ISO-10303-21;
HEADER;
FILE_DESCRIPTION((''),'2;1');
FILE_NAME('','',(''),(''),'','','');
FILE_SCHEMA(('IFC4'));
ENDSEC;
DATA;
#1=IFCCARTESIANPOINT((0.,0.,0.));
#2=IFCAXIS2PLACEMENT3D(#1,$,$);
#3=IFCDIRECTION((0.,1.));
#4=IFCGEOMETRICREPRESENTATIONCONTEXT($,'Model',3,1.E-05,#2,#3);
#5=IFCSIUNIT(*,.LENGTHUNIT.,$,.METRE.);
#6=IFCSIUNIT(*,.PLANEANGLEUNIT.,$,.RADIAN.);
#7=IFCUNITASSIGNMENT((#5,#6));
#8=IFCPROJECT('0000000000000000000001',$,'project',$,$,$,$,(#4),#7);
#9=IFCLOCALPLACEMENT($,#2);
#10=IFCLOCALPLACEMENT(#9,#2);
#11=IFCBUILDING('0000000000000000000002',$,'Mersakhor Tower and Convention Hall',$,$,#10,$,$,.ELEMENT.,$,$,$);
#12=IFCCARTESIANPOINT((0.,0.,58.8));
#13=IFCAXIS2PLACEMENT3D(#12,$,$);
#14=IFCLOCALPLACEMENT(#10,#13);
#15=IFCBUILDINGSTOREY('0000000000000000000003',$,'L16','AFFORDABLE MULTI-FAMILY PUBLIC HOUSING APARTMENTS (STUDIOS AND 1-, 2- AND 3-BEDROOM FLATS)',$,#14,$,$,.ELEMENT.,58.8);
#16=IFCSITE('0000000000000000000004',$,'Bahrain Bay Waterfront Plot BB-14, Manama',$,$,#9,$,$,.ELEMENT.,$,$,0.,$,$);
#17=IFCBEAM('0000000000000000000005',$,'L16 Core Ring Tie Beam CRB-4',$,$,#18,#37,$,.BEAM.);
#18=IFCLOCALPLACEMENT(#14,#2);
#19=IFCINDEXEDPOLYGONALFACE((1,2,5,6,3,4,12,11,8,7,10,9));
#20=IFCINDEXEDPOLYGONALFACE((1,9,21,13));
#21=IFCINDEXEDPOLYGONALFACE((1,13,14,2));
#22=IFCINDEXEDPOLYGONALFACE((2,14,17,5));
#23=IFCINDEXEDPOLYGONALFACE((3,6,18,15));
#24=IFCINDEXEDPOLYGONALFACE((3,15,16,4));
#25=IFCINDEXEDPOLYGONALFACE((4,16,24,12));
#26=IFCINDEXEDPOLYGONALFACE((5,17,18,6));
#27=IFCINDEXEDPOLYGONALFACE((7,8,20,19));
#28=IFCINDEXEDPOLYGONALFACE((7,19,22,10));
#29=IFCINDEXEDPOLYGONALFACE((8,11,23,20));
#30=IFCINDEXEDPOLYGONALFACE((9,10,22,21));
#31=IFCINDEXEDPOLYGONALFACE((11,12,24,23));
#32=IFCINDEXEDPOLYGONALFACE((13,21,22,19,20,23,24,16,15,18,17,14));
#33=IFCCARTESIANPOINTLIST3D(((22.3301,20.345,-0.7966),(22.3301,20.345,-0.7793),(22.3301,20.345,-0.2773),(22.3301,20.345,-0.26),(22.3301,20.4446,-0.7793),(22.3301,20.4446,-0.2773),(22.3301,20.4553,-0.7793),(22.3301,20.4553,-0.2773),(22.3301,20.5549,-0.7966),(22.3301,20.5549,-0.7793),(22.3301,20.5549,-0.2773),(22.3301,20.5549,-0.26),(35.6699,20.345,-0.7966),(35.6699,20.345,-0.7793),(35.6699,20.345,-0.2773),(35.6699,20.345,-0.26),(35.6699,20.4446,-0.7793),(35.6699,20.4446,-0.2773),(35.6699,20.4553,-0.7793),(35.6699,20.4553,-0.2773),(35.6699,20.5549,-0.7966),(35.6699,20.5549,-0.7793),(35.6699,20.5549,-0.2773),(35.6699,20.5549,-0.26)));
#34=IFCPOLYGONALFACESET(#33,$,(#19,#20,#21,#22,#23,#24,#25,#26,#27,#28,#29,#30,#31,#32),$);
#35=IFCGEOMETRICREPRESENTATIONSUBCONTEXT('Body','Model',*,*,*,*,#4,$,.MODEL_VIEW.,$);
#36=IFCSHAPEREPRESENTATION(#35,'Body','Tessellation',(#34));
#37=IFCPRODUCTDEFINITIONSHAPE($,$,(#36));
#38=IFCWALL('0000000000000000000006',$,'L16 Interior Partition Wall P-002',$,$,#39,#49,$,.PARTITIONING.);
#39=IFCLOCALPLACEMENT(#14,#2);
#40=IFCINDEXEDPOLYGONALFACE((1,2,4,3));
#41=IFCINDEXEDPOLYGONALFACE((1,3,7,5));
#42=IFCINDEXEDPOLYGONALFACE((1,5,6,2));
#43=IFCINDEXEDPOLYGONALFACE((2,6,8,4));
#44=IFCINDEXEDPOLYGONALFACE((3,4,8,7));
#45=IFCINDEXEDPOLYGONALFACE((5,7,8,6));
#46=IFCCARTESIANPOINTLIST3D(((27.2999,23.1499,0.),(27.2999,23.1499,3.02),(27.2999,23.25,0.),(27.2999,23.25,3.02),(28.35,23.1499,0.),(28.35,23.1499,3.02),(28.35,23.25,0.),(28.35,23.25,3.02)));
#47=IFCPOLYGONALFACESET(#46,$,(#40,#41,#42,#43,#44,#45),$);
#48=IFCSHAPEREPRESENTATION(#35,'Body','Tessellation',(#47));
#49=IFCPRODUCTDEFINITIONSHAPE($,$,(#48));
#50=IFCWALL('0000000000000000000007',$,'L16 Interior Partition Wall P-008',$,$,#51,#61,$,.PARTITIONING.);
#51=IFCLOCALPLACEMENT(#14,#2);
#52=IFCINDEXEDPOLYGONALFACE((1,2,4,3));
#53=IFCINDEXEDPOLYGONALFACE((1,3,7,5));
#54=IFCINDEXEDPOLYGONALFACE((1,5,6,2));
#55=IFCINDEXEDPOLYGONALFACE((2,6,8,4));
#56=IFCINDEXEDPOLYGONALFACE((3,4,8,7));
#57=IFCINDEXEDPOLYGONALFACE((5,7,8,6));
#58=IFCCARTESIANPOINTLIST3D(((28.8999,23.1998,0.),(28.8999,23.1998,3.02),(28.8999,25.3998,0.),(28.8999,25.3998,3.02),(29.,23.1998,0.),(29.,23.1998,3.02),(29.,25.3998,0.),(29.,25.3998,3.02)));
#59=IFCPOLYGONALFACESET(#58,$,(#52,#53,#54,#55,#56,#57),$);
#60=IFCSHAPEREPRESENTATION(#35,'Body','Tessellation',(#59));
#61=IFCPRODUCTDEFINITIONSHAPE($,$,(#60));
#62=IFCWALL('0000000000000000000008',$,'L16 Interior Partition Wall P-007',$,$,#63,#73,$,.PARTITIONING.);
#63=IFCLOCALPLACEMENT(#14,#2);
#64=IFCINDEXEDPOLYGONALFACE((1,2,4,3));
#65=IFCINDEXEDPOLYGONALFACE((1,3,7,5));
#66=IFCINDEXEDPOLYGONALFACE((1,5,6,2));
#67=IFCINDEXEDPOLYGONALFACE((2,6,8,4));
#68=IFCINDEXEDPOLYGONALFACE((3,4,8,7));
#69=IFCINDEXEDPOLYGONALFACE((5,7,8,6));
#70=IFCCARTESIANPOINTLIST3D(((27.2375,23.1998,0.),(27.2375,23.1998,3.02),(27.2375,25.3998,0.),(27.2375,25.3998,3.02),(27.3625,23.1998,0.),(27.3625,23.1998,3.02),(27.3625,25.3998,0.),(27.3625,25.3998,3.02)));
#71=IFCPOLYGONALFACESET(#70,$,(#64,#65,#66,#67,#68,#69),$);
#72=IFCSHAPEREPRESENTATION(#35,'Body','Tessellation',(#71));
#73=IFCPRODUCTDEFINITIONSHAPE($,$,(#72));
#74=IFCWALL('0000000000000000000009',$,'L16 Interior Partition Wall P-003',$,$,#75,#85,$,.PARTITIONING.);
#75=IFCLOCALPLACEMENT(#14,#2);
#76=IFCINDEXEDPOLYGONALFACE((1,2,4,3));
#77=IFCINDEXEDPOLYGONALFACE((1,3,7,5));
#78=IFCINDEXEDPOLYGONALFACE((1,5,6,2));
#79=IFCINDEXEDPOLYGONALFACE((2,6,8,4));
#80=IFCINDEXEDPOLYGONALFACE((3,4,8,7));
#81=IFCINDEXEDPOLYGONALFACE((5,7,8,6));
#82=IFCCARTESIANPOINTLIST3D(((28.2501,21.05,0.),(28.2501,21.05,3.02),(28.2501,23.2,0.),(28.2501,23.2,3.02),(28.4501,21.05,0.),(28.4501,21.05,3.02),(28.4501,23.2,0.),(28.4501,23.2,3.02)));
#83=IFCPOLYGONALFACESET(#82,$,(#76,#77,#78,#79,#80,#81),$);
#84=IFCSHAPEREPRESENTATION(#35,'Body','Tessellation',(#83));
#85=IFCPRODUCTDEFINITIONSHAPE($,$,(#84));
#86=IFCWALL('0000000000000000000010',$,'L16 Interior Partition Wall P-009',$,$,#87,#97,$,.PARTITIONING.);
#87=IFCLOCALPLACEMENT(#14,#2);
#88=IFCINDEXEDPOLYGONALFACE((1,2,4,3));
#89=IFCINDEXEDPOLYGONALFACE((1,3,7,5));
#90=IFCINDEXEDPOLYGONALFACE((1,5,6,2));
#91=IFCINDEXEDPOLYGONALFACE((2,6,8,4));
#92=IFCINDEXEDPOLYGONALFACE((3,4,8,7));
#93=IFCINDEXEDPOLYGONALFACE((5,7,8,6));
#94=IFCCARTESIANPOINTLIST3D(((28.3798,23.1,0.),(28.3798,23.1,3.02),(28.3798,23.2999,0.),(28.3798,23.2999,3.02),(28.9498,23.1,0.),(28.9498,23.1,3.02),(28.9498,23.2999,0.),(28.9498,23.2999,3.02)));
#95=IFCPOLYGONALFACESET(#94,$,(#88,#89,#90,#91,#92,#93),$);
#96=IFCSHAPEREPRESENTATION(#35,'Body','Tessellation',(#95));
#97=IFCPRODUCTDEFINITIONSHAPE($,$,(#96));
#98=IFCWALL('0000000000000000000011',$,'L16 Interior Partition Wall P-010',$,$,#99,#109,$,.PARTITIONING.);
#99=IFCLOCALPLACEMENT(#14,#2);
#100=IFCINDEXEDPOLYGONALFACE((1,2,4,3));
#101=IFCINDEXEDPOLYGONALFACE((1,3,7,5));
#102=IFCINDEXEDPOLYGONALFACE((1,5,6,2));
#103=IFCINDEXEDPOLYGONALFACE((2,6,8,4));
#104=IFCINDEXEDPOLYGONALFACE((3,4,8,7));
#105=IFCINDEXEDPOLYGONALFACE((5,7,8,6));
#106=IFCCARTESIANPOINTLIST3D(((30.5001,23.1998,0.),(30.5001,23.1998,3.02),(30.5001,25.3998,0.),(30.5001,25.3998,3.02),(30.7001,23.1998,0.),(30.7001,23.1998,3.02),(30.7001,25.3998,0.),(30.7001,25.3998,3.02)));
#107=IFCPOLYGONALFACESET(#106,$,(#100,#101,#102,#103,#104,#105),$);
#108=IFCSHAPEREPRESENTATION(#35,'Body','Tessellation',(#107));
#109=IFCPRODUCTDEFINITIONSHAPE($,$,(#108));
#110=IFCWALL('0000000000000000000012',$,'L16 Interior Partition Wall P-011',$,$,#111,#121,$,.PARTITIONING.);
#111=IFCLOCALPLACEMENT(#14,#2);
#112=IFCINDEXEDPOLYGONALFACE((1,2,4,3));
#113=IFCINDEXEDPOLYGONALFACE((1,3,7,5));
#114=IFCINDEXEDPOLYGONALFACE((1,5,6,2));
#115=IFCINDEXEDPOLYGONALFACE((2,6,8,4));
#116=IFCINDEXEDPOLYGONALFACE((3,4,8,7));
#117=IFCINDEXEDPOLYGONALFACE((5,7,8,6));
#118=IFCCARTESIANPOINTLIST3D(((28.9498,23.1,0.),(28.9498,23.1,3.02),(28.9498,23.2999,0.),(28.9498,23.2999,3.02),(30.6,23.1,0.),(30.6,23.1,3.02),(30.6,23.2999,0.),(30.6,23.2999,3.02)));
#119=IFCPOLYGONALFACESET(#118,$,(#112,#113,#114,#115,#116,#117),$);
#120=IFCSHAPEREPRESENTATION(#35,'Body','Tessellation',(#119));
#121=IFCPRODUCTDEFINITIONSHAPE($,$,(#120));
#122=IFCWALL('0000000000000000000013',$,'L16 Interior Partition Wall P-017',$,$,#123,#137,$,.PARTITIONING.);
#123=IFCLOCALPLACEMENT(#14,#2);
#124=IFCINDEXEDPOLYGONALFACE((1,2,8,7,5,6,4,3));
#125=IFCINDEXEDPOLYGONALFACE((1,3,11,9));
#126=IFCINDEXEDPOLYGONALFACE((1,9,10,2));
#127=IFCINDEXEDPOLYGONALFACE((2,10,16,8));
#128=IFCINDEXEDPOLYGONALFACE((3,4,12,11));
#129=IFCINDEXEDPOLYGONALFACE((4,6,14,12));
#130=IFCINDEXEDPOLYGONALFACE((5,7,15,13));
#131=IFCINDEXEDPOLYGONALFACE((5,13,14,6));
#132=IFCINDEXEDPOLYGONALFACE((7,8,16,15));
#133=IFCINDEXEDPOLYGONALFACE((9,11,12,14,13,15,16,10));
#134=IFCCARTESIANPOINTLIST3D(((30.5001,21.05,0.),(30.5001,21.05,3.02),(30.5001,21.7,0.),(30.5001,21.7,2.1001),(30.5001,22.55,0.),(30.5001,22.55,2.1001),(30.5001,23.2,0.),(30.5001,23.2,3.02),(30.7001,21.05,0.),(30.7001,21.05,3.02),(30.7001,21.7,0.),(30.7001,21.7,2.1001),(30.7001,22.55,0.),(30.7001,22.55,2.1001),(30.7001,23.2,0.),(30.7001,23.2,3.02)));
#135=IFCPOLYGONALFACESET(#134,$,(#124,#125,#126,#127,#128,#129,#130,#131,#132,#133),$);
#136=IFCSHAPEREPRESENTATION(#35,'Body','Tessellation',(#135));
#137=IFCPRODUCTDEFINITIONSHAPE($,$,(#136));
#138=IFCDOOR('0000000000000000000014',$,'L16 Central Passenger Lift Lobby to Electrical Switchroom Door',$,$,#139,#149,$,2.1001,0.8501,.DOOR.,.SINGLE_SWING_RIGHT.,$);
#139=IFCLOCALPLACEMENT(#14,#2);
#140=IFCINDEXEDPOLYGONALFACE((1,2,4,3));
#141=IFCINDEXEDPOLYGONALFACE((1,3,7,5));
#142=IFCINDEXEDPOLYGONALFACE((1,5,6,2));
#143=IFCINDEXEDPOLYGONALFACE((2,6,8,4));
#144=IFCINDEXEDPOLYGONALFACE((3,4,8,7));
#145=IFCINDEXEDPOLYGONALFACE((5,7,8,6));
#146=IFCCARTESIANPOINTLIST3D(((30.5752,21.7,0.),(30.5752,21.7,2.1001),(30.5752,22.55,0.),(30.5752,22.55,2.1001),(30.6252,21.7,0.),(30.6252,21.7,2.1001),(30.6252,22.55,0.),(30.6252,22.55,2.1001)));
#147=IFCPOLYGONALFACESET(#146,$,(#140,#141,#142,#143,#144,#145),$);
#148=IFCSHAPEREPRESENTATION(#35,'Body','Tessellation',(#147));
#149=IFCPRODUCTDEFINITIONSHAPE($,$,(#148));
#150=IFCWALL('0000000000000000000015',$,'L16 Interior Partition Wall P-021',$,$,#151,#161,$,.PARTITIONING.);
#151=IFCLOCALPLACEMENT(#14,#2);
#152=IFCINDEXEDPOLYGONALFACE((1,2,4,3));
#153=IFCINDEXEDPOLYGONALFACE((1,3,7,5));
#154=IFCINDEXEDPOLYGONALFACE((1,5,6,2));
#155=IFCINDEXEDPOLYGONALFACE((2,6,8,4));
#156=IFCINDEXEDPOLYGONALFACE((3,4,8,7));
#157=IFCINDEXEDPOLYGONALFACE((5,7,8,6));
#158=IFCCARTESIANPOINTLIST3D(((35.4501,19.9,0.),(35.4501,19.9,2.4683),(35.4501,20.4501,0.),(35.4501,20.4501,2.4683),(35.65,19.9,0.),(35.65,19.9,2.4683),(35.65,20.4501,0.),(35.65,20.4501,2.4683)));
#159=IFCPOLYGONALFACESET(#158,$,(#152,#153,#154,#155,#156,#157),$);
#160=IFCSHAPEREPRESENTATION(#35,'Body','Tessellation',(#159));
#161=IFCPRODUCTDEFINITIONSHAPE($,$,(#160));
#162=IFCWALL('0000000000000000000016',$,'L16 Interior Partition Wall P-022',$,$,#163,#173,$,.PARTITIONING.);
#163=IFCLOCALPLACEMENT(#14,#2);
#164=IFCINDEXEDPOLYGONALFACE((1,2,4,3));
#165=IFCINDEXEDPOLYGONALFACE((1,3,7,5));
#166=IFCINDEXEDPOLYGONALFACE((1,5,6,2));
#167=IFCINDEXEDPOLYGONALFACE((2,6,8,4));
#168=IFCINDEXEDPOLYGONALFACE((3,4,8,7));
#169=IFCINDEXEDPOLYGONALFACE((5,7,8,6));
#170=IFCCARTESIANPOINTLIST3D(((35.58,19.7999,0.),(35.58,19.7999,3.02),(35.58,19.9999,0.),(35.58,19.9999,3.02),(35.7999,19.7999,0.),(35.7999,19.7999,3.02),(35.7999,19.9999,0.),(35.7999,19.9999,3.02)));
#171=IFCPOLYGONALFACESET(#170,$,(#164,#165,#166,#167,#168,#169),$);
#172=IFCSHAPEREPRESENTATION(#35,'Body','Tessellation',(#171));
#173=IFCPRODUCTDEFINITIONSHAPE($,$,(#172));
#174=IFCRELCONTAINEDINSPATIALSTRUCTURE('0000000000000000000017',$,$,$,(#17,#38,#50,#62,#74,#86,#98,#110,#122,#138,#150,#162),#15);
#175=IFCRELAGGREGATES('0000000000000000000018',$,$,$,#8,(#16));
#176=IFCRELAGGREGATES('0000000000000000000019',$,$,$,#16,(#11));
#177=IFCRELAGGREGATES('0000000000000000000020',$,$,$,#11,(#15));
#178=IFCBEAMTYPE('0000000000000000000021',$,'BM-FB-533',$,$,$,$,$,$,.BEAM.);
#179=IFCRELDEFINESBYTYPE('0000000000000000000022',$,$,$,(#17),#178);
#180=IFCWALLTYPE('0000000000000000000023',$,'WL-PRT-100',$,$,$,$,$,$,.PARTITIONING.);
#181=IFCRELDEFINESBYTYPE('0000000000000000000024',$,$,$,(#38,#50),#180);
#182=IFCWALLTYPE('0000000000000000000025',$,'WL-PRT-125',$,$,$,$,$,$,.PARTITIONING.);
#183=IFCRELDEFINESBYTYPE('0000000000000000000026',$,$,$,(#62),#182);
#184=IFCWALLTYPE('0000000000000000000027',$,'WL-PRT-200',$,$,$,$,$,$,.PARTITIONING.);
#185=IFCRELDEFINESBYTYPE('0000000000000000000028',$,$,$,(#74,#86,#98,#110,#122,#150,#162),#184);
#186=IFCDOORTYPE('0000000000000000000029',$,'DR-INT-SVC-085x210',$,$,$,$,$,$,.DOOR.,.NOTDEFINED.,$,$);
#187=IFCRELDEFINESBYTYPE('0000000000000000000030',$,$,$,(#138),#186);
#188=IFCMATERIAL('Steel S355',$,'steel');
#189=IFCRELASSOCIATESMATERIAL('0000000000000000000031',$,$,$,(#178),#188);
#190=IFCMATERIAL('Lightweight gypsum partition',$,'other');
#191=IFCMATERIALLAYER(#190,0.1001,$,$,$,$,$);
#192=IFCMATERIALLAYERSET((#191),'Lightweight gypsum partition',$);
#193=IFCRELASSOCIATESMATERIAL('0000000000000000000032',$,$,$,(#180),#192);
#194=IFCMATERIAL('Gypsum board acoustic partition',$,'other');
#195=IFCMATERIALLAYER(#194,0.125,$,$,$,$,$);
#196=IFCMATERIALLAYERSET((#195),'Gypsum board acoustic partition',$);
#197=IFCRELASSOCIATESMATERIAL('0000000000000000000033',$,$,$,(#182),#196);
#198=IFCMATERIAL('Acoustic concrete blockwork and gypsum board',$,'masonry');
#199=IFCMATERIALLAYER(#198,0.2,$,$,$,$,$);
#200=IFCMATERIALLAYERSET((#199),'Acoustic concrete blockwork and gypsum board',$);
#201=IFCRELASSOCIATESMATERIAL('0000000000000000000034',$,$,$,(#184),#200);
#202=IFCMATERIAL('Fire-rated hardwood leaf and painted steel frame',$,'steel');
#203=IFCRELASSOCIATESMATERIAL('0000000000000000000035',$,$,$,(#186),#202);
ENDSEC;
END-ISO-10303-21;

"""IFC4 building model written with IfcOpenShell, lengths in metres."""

from ifc_helpers import new_model, si_unit, direction, frame, frame_2d, origin, origin_2d, place, context, subcontext, project, spatial, rectangle, i_section, extrude, material, layer, layer_set, material_profile, profile_set, type_object, element, fill, save


model = new_model("IFC4")

# Units and contexts
model_context = context("Model", 3, precision=1e-05, world=origin(), true_north=direction((0.0, 1.0)))
body_context = subcontext(model_context, "Body", "Model", "MODEL_VIEW")
ifc_project = project(units=[si_unit("LENGTHUNIT", "METRE"), si_unit("PLANEANGLEUNIT", "RADIAN")], contexts=[model_context])

# Site, building, storey
site_placement = place(None, origin())
site = spatial("IfcSite", under=ifc_project, at=site_placement, Name="Bahrain Bay Waterfront Plot BB-14, Manama", CompositionType="ELEMENT", RefElevation=0.0)
building_placement = place(site_placement, origin())
building = spatial("IfcBuilding", under=site, at=building_placement, Name="Mersakhor Tower and Convention Hall", CompositionType="ELEMENT")
storey_placement = place(building_placement, frame((0.0, 0.0, 58.8)))
storey = spatial("IfcBuildingStorey", under=building, at=storey_placement, Name="L16", Description="AFFORDABLE MULTI-FAMILY PUBLIC HOUSING APARTMENTS (STUDIOS AND 1-, 2- AND 3-BEDROOM FLATS)", CompositionType="ELEMENT", Elevation=58.8)

# Beam
ifc_material_1 = material(Name="Steel S355", Category="steel")
ifc_material_profile = material_profile(ifc_material_1, i_section(OverallWidth=0.21, OverallDepth=0.5366, WebThickness=0.0107, FlangeThickness=0.0173, at=origin_2d()), Name="UB 533x210x101")
ifc_profile_set = profile_set([ifc_material_profile], Name="Steel S355")
beam_type = type_object("IfcBeamType", Name="BM-FB-533", PredefinedType="BEAM", material=ifc_profile_set)
beam_placement = place(storey_placement, frame((35.6699, 20.45, -0.5283), z_axis=(-1.0, 0.0, 0.0), x_axis=(0.0, -1.0, 0.0)))
element("IfcBeam", 1, at=beam_placement, inside=storey, type_object=beam_type, Name="L16 Core Ring Tie Beam CRB-4", PredefinedType="BEAM", context=body_context, shape_type="SweptSolid", body=[
    extrude(i_section(OverallWidth=0.21, OverallDepth=0.5366, WebThickness=0.0107, FlangeThickness=0.0173, at=origin_2d()), origin(), (0.0, 0.0, 1.0), 13.3398),
])

# Walls
ifc_material_2 = material(Name="Lightweight gypsum partition", Category="other")
ifc_layer_1 = layer(ifc_material_2, 0.1001)
ifc_layer_set_1 = layer_set([ifc_layer_1], Name="Lightweight gypsum partition")
wall_type_1 = type_object("IfcWallType", Name="WL-PRT-100", PredefinedType="PARTITIONING", material=ifc_layer_set_1)
wall_1_placement = place(storey_placement, frame((27.3, 23.2, 0.0), z_axis=(0.0, 0.0, 1.0), x_axis=(1.0, 0.0, 0.0)))
element("IfcWall", 2, at=wall_1_placement, inside=storey, type_object=wall_type_1, Name="L16 Interior Partition Wall P-002", PredefinedType="PARTITIONING", context=body_context, shape_type="SweptSolid", body=[
    extrude(rectangle(XDim=1.05, YDim=0.1001, at=frame_2d((0.5249, 0.0))), origin(), (0.0, 0.0, 1.0), 3.02),
])
wall_2_placement = place(storey_placement, frame((28.95, 25.3999, 0.0), z_axis=(0.0, 0.0, 1.0), x_axis=(0.0, -1.0, 0.0)))
element("IfcWall", 3, at=wall_2_placement, inside=storey, type_object=wall_type_1, Name="L16 Interior Partition Wall P-008", PredefinedType="PARTITIONING", context=body_context, shape_type="SweptSolid", body=[
    extrude(rectangle(XDim=2.2, YDim=0.1001, at=frame_2d((1.1001, 0.0))), origin(), (0.0, 0.0, 1.0), 3.02),
])
ifc_material_3 = material(Name="Gypsum board acoustic partition", Category="other")
ifc_layer_2 = layer(ifc_material_3, 0.125)
ifc_layer_set_2 = layer_set([ifc_layer_2], Name="Gypsum board acoustic partition")
wall_type_2 = type_object("IfcWallType", Name="WL-PRT-125", PredefinedType="PARTITIONING", material=ifc_layer_set_2)
wall_3_placement = place(storey_placement, frame((27.3, 25.3999, 0.0), z_axis=(0.0, 0.0, 1.0), x_axis=(0.0, -1.0, 0.0)))
element("IfcWall", 4, at=wall_3_placement, inside=storey, type_object=wall_type_2, Name="L16 Interior Partition Wall P-007", PredefinedType="PARTITIONING", context=body_context, shape_type="SweptSolid", body=[
    extrude(rectangle(XDim=2.2, YDim=0.125, at=frame_2d((1.1001, 0.0))), origin(), (0.0, 0.0, 1.0), 3.02),
])
ifc_material_4 = material(Name="Acoustic concrete blockwork and gypsum board", Category="masonry")
ifc_layer_3 = layer(ifc_material_4, 0.2)
ifc_layer_set_3 = layer_set([ifc_layer_3], Name="Acoustic concrete blockwork and gypsum board")
wall_type_3 = type_object("IfcWallType", Name="WL-PRT-200", PredefinedType="PARTITIONING", material=ifc_layer_set_3)
wall_4_placement = place(storey_placement, frame((28.3501, 23.2, 0.0), z_axis=(0.0, 0.0, 1.0), x_axis=(0.0, -1.0, 0.0)))
element("IfcWall", 5, at=wall_4_placement, inside=storey, type_object=wall_type_3, Name="L16 Interior Partition Wall P-003", PredefinedType="PARTITIONING", context=body_context, shape_type="SweptSolid", body=[
    extrude(rectangle(XDim=2.1499, YDim=0.2, at=frame_2d((1.075, 0.0))), origin(), (0.0, 0.0, 1.0), 3.02),
])
wall_5_placement = place(storey_placement, frame((28.95, 23.2, 0.0), z_axis=(0.0, 0.0, 1.0), x_axis=(-1.0, 0.0, 0.0)))
element("IfcWall", 6, at=wall_5_placement, inside=storey, type_object=wall_type_3, Name="L16 Interior Partition Wall P-009", PredefinedType="PARTITIONING", context=body_context, shape_type="SweptSolid", body=[
    extrude(rectangle(XDim=0.5701, YDim=0.2, at=frame_2d((0.2852, 0.0))), origin(), (0.0, 0.0, 1.0), 3.02),
])
wall_6_placement = place(storey_placement, frame((30.6001, 25.3999, 0.0), z_axis=(0.0, 0.0, 1.0), x_axis=(0.0, -1.0, 0.0)))
element("IfcWall", 7, at=wall_6_placement, inside=storey, type_object=wall_type_3, Name="L16 Interior Partition Wall P-010", PredefinedType="PARTITIONING", context=body_context, shape_type="SweptSolid", body=[
    extrude(rectangle(XDim=2.2, YDim=0.2, at=frame_2d((1.1001, 0.0))), origin(), (0.0, 0.0, 1.0), 3.02),
])
wall_7_placement = place(storey_placement, frame((30.6001, 23.2, 0.0), z_axis=(0.0, 0.0, 1.0), x_axis=(-1.0, 0.0, 0.0)))
element("IfcWall", 8, at=wall_7_placement, inside=storey, type_object=wall_type_3, Name="L16 Interior Partition Wall P-011", PredefinedType="PARTITIONING", context=body_context, shape_type="SweptSolid", body=[
    extrude(rectangle(XDim=1.6501, YDim=0.2, at=frame_2d((0.8252, 0.0))), origin(), (0.0, 0.0, 1.0), 3.02),
])

# Wall, opening, door
wall_8_placement = place(storey_placement, frame((30.6001, 21.05, 0.0), z_axis=(0.0, 0.0, 1.0), x_axis=(0.0, 1.0, 0.0)))
wall_8 = element("IfcWall", 9, at=wall_8_placement, inside=storey, type_object=wall_type_3, Name="L16 Interior Partition Wall P-017", PredefinedType="PARTITIONING", context=body_context, shape_type="SweptSolid", body=[
    extrude(rectangle(XDim=2.1499, YDim=0.2, at=frame_2d((1.075, 0.0))), origin(), (0.0, 0.0, 1.0), 3.02),
])
opening_1_placement = place(wall_8_placement, frame((0.6499, 0.0, 0.0)))
opening_1 = element("IfcOpeningElement", 10, at=opening_1_placement, cuts=wall_8, PredefinedType="OPENING", context=body_context, shape_type="SweptSolid", body=[
    extrude(rectangle(XDim=0.8501, YDim=2.1001, at=frame_2d((0.425, 1.05))), frame((0.0, 0.1099, 0.0), z_axis=(0.0, -1.0, 0.0), x_axis=(1.0, 0.0, 0.0)), (0.0, 0.0, 1.0), 0.22),
])
ifc_material_5 = material(Name="Fire-rated hardwood leaf and painted steel frame", Category="steel")
door_type_1 = type_object("IfcDoorType", Name="DR-INT-SVC-085x210", OperationType="NOTDEFINED", PredefinedType="DOOR", material=ifc_material_5)
door_1_placement = place(opening_1_placement, origin())
door_1 = element("IfcDoor", 11, at=door_1_placement, inside=storey, type_object=door_type_1, Name="L16 Central Passenger Lift Lobby to Electrical Switchroom Door", OperationType="SINGLE_SWING_RIGHT", OverallHeight=2.1001, OverallWidth=0.8501, PredefinedType="DOOR", context=body_context, shape_type="SweptSolid", body=[
    extrude(rectangle(XDim=0.8501, YDim=2.1001, at=frame_2d((0.425, 1.05))), frame((0.0, 0.0249, 0.0), z_axis=(0.0, -1.0, 0.0), x_axis=(1.0, 0.0, 0.0)), (0.0, 0.0, 1.0), 0.05),
])
fill(opening_1, door_1)

# Walls
wall_9_placement = place(storey_placement, frame((35.55, 20.45, 0.0), z_axis=(0.0, 0.0, 1.0), x_axis=(0.0, -1.0, 0.0)))
element("IfcWall", 12, at=wall_9_placement, inside=storey, type_object=wall_type_3, Name="L16 Interior Partition Wall P-021", PredefinedType="PARTITIONING", context=body_context, shape_type="SweptSolid", body=[
    extrude(rectangle(XDim=0.55, YDim=0.2, at=frame_2d((0.2749, 0.0))), origin(), (0.0, 0.0, 1.0), 2.4683),
])
wall_10_placement = place(storey_placement, frame((35.5801, 19.8999, 0.0), z_axis=(0.0, 0.0, 1.0), x_axis=(1.0, 0.0, 0.0)))
element("IfcWall", 13, at=wall_10_placement, inside=storey, type_object=wall_type_3, Name="L16 Interior Partition Wall P-022", PredefinedType="PARTITIONING", context=body_context, shape_type="SweptSolid", body=[
    extrude(rectangle(XDim=0.22, YDim=0.2, at=frame_2d((0.1099, 0.0))), origin(), (0.0, 0.0, 1.0), 3.02),
])

save(model, "model.ifc")
